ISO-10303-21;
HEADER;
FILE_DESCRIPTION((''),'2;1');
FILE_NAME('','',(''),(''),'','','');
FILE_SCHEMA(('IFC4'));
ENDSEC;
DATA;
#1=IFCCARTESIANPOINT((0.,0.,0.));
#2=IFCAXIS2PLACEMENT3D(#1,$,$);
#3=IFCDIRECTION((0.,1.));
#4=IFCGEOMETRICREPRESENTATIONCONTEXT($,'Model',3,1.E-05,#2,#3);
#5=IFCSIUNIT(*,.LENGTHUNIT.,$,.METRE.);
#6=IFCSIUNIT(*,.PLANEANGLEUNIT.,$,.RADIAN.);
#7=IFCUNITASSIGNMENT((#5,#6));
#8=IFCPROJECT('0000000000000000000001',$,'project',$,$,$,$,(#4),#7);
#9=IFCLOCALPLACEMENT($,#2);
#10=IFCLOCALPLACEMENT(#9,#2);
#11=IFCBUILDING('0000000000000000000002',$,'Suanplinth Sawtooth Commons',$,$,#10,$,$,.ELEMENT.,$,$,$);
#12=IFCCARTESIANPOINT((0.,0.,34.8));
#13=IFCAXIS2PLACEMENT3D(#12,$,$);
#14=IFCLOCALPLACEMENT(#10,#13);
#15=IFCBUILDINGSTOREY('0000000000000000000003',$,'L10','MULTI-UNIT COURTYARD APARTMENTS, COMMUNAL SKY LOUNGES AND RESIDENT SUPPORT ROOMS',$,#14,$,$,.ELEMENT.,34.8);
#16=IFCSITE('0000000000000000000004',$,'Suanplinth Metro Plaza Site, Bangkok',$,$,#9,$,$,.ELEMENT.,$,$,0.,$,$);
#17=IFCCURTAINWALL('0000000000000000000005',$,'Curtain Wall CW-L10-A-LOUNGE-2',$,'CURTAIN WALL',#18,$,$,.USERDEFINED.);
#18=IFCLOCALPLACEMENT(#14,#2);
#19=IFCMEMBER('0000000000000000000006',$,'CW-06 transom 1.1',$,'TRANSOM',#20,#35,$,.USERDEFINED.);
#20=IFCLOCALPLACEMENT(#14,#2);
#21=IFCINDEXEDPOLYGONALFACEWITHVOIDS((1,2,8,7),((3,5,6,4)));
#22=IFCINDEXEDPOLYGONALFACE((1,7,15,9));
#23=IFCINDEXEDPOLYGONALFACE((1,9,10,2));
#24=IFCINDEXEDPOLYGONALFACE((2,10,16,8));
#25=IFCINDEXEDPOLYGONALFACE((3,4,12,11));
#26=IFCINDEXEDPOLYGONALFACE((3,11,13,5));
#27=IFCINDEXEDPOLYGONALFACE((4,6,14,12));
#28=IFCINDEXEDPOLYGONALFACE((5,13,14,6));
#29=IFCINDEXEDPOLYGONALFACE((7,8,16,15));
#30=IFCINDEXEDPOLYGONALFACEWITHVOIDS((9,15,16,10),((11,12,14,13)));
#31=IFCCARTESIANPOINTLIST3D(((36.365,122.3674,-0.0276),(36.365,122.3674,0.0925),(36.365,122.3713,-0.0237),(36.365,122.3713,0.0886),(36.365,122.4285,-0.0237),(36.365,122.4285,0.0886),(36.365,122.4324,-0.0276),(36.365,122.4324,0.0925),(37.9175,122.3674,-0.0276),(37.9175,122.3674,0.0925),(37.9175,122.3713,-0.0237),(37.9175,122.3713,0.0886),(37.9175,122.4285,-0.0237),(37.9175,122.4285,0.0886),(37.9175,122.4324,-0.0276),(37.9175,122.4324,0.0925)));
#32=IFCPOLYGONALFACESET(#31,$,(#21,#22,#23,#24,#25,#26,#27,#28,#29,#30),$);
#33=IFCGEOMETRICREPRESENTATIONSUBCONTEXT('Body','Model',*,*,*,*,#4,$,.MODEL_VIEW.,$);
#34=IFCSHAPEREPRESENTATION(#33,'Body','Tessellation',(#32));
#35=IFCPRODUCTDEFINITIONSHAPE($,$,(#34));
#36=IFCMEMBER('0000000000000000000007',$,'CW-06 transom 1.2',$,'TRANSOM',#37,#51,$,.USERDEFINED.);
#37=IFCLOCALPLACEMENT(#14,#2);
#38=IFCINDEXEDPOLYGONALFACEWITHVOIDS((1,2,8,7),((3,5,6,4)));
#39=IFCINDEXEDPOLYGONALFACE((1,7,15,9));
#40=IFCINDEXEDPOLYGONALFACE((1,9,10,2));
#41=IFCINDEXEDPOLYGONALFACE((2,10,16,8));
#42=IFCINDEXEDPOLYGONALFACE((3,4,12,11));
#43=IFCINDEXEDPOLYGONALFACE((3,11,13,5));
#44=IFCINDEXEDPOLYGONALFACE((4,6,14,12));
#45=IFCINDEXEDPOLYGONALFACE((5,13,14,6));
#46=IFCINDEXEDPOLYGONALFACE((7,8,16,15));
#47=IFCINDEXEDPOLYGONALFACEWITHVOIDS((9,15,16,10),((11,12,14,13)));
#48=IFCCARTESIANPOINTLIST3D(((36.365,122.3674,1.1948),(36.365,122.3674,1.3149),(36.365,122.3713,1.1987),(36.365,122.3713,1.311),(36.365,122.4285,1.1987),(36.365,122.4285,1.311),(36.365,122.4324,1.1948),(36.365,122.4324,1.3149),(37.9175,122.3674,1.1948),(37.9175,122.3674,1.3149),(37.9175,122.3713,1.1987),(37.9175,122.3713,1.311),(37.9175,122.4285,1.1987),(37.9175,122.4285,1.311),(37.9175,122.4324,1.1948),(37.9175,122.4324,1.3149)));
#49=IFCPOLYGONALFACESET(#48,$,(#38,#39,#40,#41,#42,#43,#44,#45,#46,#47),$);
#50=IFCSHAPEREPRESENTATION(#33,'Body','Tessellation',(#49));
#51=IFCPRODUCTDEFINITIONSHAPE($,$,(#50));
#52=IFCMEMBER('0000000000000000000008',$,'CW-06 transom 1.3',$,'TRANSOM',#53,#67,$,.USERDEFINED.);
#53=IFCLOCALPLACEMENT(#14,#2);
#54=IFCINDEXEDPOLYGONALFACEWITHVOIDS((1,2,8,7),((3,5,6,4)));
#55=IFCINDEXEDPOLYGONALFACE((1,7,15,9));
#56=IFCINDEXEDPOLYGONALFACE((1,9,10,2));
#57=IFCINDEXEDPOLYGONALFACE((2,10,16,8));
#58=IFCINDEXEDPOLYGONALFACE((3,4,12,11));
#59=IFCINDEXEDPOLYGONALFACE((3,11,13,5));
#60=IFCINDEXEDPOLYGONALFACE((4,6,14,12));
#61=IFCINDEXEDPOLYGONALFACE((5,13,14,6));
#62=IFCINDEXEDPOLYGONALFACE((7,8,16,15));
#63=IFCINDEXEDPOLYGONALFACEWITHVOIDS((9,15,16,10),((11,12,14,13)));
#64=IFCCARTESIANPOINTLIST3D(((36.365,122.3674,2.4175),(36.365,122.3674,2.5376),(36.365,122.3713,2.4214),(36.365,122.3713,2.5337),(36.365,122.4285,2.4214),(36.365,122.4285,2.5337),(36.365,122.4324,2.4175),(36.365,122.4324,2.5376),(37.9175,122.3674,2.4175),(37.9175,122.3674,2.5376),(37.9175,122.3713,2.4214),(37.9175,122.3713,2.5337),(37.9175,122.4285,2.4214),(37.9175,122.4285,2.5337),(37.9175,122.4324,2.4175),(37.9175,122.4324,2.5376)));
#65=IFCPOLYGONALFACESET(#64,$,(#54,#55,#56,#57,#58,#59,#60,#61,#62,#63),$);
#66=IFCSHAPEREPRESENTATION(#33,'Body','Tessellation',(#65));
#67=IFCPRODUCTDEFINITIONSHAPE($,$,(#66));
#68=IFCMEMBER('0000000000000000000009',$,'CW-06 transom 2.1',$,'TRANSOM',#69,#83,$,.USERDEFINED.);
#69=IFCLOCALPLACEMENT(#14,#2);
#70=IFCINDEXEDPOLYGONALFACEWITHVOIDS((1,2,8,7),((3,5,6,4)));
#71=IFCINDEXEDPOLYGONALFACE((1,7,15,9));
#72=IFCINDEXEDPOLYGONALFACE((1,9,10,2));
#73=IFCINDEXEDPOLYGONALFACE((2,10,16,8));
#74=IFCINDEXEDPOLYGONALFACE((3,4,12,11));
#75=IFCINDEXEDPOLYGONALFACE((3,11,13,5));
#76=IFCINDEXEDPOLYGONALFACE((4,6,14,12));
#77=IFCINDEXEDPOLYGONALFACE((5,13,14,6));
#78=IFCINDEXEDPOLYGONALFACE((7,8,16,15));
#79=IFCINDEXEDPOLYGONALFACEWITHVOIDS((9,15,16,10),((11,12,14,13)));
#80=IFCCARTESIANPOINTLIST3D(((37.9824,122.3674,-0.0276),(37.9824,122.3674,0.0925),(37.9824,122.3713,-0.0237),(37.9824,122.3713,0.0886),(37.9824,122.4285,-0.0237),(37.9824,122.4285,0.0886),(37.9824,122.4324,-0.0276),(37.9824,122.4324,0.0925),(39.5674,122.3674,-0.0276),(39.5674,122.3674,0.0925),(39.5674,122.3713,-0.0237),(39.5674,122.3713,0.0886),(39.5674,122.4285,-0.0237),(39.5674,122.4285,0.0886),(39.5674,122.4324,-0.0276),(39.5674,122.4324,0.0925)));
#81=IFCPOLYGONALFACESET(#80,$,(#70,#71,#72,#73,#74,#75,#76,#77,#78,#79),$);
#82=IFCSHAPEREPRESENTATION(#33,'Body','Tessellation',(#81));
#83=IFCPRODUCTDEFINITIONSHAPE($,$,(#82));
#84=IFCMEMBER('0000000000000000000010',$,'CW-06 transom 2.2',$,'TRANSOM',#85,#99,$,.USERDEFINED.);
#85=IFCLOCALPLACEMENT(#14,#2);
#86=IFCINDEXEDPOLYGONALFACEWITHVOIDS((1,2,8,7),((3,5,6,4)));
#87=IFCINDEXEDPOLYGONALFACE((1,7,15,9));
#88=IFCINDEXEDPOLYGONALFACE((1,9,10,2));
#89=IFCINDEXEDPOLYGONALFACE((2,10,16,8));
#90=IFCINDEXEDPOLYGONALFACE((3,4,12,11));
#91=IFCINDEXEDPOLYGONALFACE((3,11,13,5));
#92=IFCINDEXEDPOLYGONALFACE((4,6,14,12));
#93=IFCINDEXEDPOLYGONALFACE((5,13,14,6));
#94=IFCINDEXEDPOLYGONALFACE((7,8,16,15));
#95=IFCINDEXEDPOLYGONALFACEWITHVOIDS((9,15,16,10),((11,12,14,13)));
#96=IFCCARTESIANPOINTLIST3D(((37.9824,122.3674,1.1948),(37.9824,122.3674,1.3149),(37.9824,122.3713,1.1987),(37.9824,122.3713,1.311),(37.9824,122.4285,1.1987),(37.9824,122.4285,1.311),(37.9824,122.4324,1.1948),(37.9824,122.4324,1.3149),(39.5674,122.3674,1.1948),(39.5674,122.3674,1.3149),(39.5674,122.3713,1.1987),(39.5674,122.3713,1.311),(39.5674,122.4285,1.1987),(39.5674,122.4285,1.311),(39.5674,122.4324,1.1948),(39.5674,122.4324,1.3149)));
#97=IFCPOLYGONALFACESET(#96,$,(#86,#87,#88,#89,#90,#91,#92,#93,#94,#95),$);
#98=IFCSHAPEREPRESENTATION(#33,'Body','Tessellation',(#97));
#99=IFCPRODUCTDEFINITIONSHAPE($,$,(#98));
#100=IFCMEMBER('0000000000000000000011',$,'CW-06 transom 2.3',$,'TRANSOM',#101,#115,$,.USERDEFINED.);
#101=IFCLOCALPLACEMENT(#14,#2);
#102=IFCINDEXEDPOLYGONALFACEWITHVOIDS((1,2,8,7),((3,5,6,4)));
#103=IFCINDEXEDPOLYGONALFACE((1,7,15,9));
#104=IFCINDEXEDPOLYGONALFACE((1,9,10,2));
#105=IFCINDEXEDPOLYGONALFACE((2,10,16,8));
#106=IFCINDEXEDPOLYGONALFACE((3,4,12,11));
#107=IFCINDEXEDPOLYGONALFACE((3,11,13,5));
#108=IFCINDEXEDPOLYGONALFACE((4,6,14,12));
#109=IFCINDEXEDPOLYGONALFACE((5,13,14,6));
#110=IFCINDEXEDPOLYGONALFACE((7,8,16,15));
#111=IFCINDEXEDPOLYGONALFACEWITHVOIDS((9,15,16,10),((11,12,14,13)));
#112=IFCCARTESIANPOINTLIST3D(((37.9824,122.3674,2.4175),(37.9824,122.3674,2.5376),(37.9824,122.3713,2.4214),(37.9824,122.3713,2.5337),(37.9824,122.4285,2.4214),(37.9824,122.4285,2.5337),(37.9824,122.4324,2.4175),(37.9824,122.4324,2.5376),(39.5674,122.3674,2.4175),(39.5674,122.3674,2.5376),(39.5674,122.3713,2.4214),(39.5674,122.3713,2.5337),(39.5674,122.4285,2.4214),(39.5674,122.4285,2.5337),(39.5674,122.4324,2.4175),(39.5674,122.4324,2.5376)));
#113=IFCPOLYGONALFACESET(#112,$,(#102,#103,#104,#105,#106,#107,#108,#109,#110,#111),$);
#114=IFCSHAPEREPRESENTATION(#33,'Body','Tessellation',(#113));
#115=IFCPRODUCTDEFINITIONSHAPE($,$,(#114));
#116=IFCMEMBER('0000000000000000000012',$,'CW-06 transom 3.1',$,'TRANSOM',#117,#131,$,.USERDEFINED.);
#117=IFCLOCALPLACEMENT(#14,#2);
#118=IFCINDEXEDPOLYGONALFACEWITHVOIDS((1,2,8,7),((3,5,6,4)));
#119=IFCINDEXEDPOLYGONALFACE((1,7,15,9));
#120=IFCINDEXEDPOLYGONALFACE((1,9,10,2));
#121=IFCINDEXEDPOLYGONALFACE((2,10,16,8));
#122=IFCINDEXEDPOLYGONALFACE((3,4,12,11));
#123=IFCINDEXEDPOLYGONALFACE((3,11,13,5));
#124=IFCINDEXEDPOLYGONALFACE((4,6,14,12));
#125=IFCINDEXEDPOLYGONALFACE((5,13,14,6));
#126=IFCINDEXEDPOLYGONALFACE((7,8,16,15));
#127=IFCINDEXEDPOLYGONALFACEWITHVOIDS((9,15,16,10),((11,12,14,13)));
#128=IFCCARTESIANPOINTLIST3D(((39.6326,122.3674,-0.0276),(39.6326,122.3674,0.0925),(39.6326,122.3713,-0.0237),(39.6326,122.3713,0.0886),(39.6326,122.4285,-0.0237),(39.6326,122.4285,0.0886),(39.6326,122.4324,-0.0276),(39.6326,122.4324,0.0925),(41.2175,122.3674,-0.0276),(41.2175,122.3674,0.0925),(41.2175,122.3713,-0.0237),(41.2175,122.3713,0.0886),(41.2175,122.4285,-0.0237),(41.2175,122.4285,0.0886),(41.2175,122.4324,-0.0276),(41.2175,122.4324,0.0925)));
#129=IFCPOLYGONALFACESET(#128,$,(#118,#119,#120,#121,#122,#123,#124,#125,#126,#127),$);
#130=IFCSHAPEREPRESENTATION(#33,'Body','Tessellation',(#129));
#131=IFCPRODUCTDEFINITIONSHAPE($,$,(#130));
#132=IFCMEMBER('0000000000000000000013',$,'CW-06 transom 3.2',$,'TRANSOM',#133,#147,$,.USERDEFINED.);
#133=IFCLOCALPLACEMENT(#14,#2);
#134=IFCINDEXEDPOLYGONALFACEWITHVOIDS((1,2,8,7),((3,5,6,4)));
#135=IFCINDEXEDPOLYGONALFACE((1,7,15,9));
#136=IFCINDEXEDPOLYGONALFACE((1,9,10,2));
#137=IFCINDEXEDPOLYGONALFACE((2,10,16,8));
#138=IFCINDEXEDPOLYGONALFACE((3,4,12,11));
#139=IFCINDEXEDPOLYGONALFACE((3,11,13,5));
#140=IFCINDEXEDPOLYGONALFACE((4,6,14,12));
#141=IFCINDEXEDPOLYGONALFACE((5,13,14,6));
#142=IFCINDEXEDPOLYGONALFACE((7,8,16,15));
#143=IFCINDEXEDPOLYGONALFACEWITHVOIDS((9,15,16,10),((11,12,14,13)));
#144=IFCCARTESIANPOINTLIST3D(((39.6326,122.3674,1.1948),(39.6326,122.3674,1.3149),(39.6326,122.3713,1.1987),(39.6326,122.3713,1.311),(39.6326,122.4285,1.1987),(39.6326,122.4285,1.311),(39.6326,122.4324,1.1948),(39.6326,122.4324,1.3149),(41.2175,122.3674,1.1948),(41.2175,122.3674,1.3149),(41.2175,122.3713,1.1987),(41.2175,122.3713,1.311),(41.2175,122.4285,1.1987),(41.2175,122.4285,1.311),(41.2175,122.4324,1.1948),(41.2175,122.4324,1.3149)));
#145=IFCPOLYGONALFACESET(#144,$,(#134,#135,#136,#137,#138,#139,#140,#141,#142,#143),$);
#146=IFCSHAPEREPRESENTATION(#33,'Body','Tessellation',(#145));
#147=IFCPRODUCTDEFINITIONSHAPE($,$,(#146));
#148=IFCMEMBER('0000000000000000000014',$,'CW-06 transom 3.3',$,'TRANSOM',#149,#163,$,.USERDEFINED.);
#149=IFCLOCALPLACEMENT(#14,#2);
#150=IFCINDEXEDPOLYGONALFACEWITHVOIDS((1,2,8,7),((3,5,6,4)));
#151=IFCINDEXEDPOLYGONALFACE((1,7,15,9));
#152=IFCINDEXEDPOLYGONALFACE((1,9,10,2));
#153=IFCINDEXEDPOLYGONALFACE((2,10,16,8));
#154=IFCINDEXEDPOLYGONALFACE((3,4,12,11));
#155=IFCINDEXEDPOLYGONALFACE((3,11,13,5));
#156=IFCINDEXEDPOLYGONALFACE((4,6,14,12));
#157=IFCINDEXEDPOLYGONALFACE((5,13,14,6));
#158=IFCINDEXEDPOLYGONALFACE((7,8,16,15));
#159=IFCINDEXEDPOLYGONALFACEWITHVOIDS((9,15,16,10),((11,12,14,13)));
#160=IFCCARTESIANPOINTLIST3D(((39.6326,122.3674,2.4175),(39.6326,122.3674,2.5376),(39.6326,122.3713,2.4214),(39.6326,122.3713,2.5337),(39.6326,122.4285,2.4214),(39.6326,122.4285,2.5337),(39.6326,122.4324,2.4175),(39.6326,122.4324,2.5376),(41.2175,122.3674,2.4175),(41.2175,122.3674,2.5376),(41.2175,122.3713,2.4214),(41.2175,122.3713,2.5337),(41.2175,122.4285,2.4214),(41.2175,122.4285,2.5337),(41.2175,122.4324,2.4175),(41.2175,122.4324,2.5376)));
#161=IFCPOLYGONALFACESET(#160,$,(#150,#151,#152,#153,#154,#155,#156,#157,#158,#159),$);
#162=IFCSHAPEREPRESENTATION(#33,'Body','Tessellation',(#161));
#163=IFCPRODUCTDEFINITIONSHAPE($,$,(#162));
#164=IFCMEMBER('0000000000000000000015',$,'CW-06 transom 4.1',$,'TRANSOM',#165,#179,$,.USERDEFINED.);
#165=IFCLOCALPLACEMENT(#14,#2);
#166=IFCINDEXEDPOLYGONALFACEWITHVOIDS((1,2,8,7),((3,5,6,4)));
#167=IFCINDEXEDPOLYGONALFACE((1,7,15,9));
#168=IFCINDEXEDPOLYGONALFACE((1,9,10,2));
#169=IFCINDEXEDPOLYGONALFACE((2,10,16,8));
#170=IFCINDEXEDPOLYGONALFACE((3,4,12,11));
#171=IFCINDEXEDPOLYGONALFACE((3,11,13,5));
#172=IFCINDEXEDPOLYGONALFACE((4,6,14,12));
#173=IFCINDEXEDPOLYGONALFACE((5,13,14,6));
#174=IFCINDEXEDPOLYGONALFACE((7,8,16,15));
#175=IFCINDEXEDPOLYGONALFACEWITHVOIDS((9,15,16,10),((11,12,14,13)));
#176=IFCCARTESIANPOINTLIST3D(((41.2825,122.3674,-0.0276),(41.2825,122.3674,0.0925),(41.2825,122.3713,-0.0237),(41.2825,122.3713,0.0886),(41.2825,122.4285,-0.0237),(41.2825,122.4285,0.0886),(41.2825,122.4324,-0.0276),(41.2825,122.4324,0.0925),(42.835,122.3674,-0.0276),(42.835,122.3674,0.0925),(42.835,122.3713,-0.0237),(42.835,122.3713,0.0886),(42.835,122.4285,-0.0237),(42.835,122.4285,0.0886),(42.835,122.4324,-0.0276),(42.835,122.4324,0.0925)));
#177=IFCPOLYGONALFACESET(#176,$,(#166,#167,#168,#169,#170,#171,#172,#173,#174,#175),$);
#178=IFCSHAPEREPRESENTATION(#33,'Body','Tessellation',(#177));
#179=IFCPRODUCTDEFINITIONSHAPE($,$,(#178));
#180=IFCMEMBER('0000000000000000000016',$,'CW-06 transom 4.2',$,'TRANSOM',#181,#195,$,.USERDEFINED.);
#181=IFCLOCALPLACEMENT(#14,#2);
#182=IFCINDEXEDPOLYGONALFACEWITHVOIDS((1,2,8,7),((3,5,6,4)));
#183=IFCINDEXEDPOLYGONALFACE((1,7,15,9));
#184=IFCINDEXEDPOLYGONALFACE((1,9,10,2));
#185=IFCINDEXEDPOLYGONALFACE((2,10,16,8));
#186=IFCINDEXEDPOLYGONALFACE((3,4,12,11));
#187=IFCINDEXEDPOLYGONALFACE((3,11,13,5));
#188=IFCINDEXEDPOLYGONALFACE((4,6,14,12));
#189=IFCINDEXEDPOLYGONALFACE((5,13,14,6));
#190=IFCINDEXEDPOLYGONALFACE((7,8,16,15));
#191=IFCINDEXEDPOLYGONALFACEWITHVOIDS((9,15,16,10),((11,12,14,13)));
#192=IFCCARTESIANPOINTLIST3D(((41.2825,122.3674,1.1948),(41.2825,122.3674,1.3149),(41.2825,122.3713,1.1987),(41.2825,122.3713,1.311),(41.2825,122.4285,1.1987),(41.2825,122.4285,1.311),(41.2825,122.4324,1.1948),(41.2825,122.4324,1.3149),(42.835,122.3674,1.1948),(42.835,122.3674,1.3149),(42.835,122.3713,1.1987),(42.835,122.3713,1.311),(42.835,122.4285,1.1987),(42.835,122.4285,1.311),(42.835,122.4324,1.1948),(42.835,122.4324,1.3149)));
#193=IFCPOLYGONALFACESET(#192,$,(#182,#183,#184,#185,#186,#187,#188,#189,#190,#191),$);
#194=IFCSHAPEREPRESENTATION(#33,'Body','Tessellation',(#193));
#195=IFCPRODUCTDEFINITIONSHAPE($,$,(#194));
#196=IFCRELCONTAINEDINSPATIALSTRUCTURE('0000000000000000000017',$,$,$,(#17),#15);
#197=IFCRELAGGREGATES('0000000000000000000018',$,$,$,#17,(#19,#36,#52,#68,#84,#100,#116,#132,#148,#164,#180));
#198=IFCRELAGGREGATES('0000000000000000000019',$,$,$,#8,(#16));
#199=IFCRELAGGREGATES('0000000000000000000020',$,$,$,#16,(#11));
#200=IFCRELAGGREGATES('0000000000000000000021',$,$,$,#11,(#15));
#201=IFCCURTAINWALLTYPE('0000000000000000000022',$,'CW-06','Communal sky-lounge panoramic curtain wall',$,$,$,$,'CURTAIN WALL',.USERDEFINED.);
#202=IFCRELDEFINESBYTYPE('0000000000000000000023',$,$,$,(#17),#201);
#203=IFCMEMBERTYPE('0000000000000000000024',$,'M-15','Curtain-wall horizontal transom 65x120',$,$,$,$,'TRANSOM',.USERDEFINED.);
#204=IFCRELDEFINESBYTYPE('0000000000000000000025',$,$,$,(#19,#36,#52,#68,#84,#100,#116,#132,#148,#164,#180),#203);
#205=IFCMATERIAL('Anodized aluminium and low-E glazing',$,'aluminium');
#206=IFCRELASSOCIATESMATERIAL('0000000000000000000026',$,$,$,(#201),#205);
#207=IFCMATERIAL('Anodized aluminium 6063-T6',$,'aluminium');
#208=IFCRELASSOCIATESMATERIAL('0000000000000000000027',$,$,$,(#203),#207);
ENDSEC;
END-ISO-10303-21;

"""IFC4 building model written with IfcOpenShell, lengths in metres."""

from ifc_helpers import new_model, si_unit, direction, frame, origin, origin_2d, place, context, subcontext, project, spatial, hollow_rectangle, extrude, material, material_profile, profile_set, type_object, element, aggregate, save


model = new_model("IFC4")

# Units and contexts
model_context = context("Model", 3, precision=1e-05, world=origin(), true_north=direction((0.0, 1.0)))
body_context = subcontext(model_context, "Body", "Model", "MODEL_VIEW")
ifc_project = project(units=[si_unit("LENGTHUNIT", "METRE"), si_unit("PLANEANGLEUNIT", "RADIAN")], contexts=[model_context])

# Site, building, storey
site_placement = place(None, origin())
site = spatial("IfcSite", under=ifc_project, at=site_placement, Name="Suanplinth Metro Plaza Site, Bangkok", CompositionType="ELEMENT", RefElevation=0.0)
building_placement = place(site_placement, origin())
building = spatial("IfcBuilding", under=site, at=building_placement, Name="Suanplinth Sawtooth Commons", CompositionType="ELEMENT")
storey_placement = place(building_placement, frame((0.0, 0.0, 34.8)))
storey = spatial("IfcBuildingStorey", under=building, at=storey_placement, Name="L10", Description="MULTI-UNIT COURTYARD APARTMENTS, COMMUNAL SKY LOUNGES AND RESIDENT SUPPORT ROOMS", CompositionType="ELEMENT", Elevation=34.8)

# Curtain wall, members
ifc_material_1 = material(Name="Anodized aluminium and low-E glazing", Category="aluminium")
curtain_wall_type = type_object("IfcCurtainWallType", Name="CW-06", Description="Communal sky-lounge panoramic curtain wall", ElementType="CURTAIN WALL", PredefinedType="USERDEFINED", material=ifc_material_1)
curtain_wall_placement = place(storey_placement, origin())
curtain_wall = element("IfcCurtainWall", 1, at=curtain_wall_placement, inside=storey, type_object=curtain_wall_type, Name="Curtain Wall CW-L10-A-LOUNGE-2", ObjectType="CURTAIN WALL", PredefinedType="USERDEFINED")
ifc_material_2 = material(Name="Anodized aluminium 6063-T6", Category="aluminium")
ifc_material_profile_1 = material_profile(ifc_material_2, hollow_rectangle(XDim=0.0649, YDim=0.1201, WallThickness=0.0039, at=origin_2d()), Name="ALU-TRN 65x120")
ifc_profile_set_1 = profile_set([ifc_material_profile_1], Name="Anodized aluminium 6063-T6")
member_type_1 = type_object("IfcMemberType", Name="M-15", Description="Curtain-wall horizontal transom 65x120", ElementType="TRANSOM", PredefinedType="USERDEFINED", material=ifc_profile_set_1)
member_1_placement = place(storey_placement, frame((36.365, 122.3999, 0.0325), z_axis=(1.0, 0.0, 0.0), x_axis=(0.0, 1.0, 0.0)))
member_1 = element("IfcMember", 2, at=member_1_placement, type_object=member_type_1, Name="CW-06 transom 1.1", ObjectType="TRANSOM", PredefinedType="USERDEFINED", context=body_context, shape_type="SweptSolid", body=[
    extrude(hollow_rectangle(XDim=0.0649, YDim=0.1201, WallThickness=0.0039, at=origin_2d()), origin(), (0.0, 0.0, 1.0), 1.5525),
])
member_2_placement = place(storey_placement, frame((36.365, 122.3999, 1.2549), z_axis=(1.0, 0.0, 0.0), x_axis=(0.0, 1.0, 0.0)))
member_2 = element("IfcMember", 3, at=member_2_placement, type_object=member_type_1, Name="CW-06 transom 1.2", ObjectType="TRANSOM", PredefinedType="USERDEFINED", context=body_context, shape_type="SweptSolid", body=[
    extrude(hollow_rectangle(XDim=0.0649, YDim=0.1201, WallThickness=0.0039, at=origin_2d()), origin(), (0.0, 0.0, 1.0), 1.5525),
])
member_3_placement = place(storey_placement, frame((36.365, 122.3999, 2.4775), z_axis=(1.0, 0.0, 0.0), x_axis=(0.0, 1.0, 0.0)))
member_3 = element("IfcMember", 4, at=member_3_placement, type_object=member_type_1, Name="CW-06 transom 1.3", ObjectType="TRANSOM", PredefinedType="USERDEFINED", context=body_context, shape_type="SweptSolid", body=[
    extrude(hollow_rectangle(XDim=0.0649, YDim=0.1201, WallThickness=0.0039, at=origin_2d()), origin(), (0.0, 0.0, 1.0), 1.5525),
])
member_4_placement = place(storey_placement, frame((37.9824, 122.3999, 0.0325), z_axis=(1.0, 0.0, 0.0), x_axis=(0.0, 1.0, 0.0)))
member_4 = element("IfcMember", 5, at=member_4_placement, type_object=member_type_1, Name="CW-06 transom 2.1", ObjectType="TRANSOM", PredefinedType="USERDEFINED", context=body_context, shape_type="SweptSolid", body=[
    extrude(hollow_rectangle(XDim=0.0649, YDim=0.1201, WallThickness=0.0039, at=origin_2d()), origin(), (0.0, 0.0, 1.0), 1.585),
])
member_5_placement = place(storey_placement, frame((37.9824, 122.3999, 1.2549), z_axis=(1.0, 0.0, 0.0), x_axis=(0.0, 1.0, 0.0)))
member_5 = element("IfcMember", 6, at=member_5_placement, type_object=member_type_1, Name="CW-06 transom 2.2", ObjectType="TRANSOM", PredefinedType="USERDEFINED", context=body_context, shape_type="SweptSolid", body=[
    extrude(hollow_rectangle(XDim=0.0649, YDim=0.1201, WallThickness=0.0039, at=origin_2d()), origin(), (0.0, 0.0, 1.0), 1.585),
])
member_6_placement = place(storey_placement, frame((37.9824, 122.3999, 2.4775), z_axis=(1.0, 0.0, 0.0), x_axis=(0.0, 1.0, 0.0)))
member_6 = element("IfcMember", 7, at=member_6_placement, type_object=member_type_1, Name="CW-06 transom 2.3", ObjectType="TRANSOM", PredefinedType="USERDEFINED", context=body_context, shape_type="SweptSolid", body=[
    extrude(hollow_rectangle(XDim=0.0649, YDim=0.1201, WallThickness=0.0039, at=origin_2d()), origin(), (0.0, 0.0, 1.0), 1.585),
])
member_7_placement = place(storey_placement, frame((39.6326, 122.3999, 0.0325), z_axis=(1.0, 0.0, 0.0), x_axis=(0.0, 1.0, 0.0)))
member_7 = element("IfcMember", 8, at=member_7_placement, type_object=member_type_1, Name="CW-06 transom 3.1", ObjectType="TRANSOM", PredefinedType="USERDEFINED", context=body_context, shape_type="SweptSolid", body=[
    extrude(hollow_rectangle(XDim=0.0649, YDim=0.1201, WallThickness=0.0039, at=origin_2d()), origin(), (0.0, 0.0, 1.0), 1.585),
])
member_8_placement = place(storey_placement, frame((39.6326, 122.3999, 1.2549), z_axis=(1.0, 0.0, 0.0), x_axis=(0.0, 1.0, 0.0)))
member_8 = element("IfcMember", 9, at=member_8_placement, type_object=member_type_1, Name="CW-06 transom 3.2", ObjectType="TRANSOM", PredefinedType="USERDEFINED", context=body_context, shape_type="SweptSolid", body=[
    extrude(hollow_rectangle(XDim=0.0649, YDim=0.1201, WallThickness=0.0039, at=origin_2d()), origin(), (0.0, 0.0, 1.0), 1.585),
])
member_9_placement = place(storey_placement, frame((39.6326, 122.3999, 2.4775), z_axis=(1.0, 0.0, 0.0), x_axis=(0.0, 1.0, 0.0)))
member_9 = element("IfcMember", 10, at=member_9_placement, type_object=member_type_1, Name="CW-06 transom 3.3", ObjectType="TRANSOM", PredefinedType="USERDEFINED", context=body_context, shape_type="SweptSolid", body=[
    extrude(hollow_rectangle(XDim=0.0649, YDim=0.1201, WallThickness=0.0039, at=origin_2d()), origin(), (0.0, 0.0, 1.0), 1.585),
])
member_10_placement = place(storey_placement, frame((41.2825, 122.3999, 0.0325), z_axis=(1.0, 0.0, 0.0), x_axis=(0.0, 1.0, 0.0)))
member_10 = element("IfcMember", 11, at=member_10_placement, type_object=member_type_1, Name="CW-06 transom 4.1", ObjectType="TRANSOM", PredefinedType="USERDEFINED", context=body_context, shape_type="SweptSolid", body=[
    extrude(hollow_rectangle(XDim=0.0649, YDim=0.1201, WallThickness=0.0039, at=origin_2d()), origin(), (0.0, 0.0, 1.0), 1.5525),
])
member_11_placement = place(storey_placement, frame((41.2825, 122.3999, 1.2549), z_axis=(1.0, 0.0, 0.0), x_axis=(0.0, 1.0, 0.0)))
member_11 = element("IfcMember", 12, at=member_11_placement, type_object=member_type_1, Name="CW-06 transom 4.2", ObjectType="TRANSOM", PredefinedType="USERDEFINED", context=body_context, shape_type="SweptSolid", body=[
    extrude(hollow_rectangle(XDim=0.0649, YDim=0.1201, WallThickness=0.0039, at=origin_2d()), origin(), (0.0, 0.0, 1.0), 1.5525),
])

aggregate(curtain_wall, [member_1, member_2, member_3, member_4, member_5, member_6, member_7, member_8, member_9, member_10, member_11])

save(model, "model.ifc")
